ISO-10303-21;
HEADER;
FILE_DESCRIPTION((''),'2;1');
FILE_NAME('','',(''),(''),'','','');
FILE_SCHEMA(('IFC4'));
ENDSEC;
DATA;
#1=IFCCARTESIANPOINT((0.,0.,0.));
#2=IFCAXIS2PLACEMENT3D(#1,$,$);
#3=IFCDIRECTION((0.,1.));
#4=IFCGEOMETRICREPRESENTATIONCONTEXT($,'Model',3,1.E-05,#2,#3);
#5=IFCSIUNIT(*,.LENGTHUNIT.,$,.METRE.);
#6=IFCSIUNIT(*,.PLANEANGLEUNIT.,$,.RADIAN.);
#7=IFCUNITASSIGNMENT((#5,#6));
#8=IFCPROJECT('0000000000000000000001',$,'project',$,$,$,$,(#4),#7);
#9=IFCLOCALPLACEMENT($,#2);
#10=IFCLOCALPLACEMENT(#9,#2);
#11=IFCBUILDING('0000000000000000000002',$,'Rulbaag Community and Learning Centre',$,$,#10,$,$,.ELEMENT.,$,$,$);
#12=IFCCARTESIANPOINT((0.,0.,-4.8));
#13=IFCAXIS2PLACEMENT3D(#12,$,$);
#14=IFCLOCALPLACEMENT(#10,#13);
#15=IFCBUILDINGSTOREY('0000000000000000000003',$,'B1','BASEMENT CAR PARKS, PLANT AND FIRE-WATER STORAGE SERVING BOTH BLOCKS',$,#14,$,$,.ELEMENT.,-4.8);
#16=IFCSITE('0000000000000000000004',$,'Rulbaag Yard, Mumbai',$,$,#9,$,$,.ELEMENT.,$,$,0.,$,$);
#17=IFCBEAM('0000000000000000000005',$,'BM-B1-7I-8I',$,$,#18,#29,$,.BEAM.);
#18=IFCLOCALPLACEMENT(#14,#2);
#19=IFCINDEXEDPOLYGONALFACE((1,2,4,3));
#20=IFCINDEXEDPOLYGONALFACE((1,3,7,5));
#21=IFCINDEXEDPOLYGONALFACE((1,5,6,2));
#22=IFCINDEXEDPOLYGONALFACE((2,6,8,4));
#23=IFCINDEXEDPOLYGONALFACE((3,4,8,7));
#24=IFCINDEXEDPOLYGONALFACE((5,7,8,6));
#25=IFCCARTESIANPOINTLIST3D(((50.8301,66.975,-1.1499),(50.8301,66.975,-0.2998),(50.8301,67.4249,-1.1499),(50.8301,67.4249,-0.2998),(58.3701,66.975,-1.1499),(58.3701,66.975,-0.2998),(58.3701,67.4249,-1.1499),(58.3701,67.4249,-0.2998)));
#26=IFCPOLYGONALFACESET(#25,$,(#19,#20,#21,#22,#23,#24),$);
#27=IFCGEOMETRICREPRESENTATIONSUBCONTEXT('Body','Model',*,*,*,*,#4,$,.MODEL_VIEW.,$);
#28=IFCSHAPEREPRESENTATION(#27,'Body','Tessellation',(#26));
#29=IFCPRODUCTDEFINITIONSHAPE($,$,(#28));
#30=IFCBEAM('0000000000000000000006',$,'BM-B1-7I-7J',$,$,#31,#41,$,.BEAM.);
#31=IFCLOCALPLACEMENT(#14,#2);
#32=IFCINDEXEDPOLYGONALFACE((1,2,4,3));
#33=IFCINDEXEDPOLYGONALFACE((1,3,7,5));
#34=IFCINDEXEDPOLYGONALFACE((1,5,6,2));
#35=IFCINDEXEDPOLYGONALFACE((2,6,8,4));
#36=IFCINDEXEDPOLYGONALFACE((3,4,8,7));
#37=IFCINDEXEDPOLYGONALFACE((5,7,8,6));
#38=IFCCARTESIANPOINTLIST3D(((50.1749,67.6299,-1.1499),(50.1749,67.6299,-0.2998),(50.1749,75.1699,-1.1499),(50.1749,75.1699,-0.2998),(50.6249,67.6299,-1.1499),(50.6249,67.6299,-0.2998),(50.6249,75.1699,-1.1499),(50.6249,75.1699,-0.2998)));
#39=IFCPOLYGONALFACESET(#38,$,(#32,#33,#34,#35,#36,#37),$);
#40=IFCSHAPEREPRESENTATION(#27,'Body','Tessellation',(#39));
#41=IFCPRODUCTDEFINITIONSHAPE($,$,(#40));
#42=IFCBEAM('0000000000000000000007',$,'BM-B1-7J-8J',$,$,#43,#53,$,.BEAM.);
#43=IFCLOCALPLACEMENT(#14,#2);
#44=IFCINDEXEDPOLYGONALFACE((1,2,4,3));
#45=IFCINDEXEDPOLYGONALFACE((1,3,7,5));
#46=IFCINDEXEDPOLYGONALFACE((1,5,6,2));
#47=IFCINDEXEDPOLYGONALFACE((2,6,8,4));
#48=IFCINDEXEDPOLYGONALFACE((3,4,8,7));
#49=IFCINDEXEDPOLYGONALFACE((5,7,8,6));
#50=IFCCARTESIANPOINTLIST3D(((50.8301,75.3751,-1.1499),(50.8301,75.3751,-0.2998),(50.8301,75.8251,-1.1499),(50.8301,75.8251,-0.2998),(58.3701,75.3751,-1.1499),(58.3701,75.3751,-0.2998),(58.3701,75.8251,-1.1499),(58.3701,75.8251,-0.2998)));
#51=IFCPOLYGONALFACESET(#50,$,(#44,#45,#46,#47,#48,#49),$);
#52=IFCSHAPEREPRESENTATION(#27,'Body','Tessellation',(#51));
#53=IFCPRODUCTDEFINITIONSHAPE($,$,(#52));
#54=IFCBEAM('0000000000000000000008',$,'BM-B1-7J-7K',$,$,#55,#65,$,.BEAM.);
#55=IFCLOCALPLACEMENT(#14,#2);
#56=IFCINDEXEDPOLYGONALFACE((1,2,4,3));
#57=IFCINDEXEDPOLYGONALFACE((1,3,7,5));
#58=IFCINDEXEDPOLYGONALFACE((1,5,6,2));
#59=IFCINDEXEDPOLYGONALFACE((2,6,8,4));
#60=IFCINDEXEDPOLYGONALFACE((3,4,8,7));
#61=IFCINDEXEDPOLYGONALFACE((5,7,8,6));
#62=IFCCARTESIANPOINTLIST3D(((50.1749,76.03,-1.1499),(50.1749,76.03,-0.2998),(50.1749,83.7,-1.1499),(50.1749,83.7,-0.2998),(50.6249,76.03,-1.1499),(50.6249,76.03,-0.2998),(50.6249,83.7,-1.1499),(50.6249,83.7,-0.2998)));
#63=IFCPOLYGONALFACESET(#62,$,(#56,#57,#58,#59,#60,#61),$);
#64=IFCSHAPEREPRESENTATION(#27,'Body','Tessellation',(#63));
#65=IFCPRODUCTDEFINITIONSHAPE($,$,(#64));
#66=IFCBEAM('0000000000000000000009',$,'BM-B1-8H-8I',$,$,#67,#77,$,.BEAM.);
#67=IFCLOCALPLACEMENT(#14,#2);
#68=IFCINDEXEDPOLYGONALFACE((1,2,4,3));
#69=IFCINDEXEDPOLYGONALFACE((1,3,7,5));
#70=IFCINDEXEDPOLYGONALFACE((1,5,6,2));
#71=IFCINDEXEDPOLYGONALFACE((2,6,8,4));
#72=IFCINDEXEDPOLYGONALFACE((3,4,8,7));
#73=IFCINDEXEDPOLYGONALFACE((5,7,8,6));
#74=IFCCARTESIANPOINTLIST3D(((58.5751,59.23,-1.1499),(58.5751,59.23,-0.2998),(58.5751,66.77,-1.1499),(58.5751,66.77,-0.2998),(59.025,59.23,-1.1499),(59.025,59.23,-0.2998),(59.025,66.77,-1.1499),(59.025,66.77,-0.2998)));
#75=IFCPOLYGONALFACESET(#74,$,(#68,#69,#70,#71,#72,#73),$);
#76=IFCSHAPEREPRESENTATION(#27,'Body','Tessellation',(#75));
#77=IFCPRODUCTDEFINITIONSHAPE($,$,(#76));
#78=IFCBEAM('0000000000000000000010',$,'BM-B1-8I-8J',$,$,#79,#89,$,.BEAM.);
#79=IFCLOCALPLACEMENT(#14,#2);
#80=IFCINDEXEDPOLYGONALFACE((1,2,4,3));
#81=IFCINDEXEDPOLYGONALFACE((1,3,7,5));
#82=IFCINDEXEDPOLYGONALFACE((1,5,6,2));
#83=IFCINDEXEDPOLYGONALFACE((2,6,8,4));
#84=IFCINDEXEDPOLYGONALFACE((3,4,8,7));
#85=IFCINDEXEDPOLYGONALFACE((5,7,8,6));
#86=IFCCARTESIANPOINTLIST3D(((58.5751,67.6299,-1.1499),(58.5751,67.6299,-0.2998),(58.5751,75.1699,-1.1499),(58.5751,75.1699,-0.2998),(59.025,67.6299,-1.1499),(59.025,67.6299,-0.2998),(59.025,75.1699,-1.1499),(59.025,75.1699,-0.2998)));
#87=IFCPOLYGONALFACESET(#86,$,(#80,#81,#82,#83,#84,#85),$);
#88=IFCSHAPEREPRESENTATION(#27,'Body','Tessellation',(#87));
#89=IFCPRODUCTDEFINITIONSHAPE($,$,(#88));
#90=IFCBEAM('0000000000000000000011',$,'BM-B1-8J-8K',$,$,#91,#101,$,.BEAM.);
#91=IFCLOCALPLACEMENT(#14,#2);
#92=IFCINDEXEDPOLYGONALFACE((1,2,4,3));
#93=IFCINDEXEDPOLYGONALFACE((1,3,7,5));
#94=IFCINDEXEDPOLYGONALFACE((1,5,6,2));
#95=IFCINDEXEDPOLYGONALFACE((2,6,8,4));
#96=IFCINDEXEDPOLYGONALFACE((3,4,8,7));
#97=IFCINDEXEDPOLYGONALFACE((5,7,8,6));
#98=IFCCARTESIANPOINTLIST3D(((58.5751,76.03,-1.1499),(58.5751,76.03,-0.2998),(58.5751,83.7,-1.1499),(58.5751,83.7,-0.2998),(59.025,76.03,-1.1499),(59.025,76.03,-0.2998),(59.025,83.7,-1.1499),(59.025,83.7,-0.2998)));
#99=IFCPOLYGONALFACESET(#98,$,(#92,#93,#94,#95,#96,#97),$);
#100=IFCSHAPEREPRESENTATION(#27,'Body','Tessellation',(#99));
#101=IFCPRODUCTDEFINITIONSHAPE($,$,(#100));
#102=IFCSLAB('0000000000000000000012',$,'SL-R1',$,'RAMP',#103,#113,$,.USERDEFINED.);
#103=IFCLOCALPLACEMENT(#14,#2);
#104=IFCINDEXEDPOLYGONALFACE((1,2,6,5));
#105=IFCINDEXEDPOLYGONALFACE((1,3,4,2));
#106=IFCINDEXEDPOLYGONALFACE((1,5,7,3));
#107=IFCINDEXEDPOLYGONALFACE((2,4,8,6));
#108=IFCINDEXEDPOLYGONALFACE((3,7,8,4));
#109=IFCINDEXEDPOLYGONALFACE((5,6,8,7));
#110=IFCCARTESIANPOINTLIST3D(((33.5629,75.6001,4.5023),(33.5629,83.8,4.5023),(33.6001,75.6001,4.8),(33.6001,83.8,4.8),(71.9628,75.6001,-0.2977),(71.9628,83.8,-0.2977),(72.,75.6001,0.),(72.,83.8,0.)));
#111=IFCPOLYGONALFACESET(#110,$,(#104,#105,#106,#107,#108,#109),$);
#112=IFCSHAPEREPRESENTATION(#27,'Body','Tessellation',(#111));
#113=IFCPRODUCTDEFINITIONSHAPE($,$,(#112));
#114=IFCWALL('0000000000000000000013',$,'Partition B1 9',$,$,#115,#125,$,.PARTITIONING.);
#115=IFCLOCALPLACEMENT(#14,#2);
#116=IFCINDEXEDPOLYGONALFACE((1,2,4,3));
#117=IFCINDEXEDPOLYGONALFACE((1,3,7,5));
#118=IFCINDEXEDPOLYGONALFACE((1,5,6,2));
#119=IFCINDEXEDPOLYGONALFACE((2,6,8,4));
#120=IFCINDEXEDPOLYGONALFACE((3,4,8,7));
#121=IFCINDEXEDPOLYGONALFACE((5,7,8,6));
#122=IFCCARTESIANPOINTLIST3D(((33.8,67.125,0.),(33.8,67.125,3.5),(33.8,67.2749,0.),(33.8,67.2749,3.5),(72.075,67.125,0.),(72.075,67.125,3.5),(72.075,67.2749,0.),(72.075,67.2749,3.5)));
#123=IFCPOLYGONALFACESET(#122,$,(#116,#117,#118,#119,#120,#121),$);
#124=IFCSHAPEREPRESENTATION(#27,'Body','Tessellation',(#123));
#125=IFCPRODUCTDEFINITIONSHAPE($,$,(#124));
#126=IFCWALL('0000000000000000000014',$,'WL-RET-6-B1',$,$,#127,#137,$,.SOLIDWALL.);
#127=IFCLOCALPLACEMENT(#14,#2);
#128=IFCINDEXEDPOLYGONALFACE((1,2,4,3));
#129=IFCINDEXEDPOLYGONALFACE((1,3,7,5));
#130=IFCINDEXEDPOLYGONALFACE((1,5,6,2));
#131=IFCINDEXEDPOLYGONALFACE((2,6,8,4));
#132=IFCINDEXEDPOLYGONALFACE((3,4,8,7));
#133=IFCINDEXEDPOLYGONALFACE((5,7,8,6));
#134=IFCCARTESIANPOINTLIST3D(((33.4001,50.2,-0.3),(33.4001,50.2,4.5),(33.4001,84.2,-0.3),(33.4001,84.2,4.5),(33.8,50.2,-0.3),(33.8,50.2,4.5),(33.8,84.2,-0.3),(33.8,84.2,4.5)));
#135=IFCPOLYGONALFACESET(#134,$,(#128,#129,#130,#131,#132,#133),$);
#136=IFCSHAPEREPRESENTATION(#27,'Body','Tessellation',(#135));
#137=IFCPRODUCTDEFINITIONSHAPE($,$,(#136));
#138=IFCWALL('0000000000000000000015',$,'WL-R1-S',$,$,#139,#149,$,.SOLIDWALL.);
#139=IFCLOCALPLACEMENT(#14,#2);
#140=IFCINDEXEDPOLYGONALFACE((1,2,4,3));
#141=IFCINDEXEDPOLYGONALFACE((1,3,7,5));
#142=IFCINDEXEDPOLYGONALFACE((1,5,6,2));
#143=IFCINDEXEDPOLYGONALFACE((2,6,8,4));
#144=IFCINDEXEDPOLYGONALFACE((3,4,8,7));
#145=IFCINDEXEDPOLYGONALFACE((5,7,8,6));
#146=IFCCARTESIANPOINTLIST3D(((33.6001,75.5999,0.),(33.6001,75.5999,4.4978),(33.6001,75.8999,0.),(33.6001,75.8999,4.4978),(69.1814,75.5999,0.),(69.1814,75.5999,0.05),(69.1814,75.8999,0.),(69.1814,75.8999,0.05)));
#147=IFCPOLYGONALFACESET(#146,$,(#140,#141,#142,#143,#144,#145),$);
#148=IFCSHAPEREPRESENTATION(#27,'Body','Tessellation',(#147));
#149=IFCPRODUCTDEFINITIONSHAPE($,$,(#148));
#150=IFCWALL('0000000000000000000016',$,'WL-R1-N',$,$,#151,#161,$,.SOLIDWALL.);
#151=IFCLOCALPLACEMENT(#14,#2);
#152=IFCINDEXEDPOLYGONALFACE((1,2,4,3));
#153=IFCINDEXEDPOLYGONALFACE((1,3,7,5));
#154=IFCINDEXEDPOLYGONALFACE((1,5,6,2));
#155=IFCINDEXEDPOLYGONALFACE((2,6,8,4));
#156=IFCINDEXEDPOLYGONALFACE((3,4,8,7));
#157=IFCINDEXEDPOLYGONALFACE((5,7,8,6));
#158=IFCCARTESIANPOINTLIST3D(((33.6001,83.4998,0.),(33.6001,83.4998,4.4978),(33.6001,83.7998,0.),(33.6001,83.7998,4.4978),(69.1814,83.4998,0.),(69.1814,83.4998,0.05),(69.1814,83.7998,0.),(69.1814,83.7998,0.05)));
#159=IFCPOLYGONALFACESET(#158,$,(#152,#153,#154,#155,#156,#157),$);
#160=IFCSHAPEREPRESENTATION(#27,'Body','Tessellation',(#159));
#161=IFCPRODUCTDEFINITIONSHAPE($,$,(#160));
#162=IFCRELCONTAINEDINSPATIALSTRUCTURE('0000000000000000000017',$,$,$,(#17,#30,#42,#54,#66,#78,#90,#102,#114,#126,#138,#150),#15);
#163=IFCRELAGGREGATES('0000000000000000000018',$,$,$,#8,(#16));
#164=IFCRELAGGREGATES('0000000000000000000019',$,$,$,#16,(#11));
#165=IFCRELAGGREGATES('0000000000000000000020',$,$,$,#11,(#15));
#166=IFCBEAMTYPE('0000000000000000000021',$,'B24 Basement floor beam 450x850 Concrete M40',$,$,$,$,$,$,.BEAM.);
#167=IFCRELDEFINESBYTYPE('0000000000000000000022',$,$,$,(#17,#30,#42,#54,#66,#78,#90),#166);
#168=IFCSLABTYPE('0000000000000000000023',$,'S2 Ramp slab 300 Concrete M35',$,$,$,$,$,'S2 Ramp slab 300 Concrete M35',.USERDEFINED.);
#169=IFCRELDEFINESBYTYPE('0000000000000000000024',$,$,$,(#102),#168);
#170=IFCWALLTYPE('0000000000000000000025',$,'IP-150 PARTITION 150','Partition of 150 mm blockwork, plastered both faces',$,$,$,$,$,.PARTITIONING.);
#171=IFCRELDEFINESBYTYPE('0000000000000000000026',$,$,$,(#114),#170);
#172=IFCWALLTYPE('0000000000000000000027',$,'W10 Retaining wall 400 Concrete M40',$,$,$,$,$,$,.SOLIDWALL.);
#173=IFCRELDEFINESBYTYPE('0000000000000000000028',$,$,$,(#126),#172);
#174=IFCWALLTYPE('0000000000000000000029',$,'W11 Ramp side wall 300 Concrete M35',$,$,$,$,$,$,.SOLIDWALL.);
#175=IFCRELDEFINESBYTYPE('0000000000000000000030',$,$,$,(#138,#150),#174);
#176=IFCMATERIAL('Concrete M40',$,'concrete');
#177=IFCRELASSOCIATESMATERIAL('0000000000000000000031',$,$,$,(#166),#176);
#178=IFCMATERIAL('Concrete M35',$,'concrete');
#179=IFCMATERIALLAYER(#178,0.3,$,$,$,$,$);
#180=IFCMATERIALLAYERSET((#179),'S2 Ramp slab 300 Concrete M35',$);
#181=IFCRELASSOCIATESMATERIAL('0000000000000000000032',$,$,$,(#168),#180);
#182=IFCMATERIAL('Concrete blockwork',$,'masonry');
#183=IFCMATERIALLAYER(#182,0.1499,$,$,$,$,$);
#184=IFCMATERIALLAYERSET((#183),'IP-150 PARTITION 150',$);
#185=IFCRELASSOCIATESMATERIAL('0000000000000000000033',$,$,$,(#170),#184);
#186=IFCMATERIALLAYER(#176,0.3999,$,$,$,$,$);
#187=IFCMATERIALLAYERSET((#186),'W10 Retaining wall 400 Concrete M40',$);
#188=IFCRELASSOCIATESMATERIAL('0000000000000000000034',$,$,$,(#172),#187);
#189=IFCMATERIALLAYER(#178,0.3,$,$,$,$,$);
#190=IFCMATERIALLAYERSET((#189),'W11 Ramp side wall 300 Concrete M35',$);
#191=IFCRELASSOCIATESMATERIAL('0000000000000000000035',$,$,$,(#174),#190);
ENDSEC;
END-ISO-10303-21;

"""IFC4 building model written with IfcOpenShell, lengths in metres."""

from ifc_helpers import new_model, si_unit, direction, frame, frame_2d, origin, origin_2d, place, context, subcontext, project, spatial, polyline, rectangle, outline, extrude, material, layer, layer_set, material_profile, profile_set, type_object, element, save


model = new_model("IFC4")

# Units and contexts
model_context = context("Model", 3, precision=1e-05, world=origin(), true_north=direction((0.0, 1.0)))
body_context = subcontext(model_context, "Body", "Model", "MODEL_VIEW")
ifc_project = project(units=[si_unit("LENGTHUNIT", "METRE"), si_unit("PLANEANGLEUNIT", "RADIAN")], contexts=[model_context])

# Site, building, storey
site_placement = place(None, origin())
site = spatial("IfcSite", under=ifc_project, at=site_placement, Name="Rulbaag Yard, Mumbai", CompositionType="ELEMENT", RefElevation=0.0)
building_placement = place(site_placement, origin())
building = spatial("IfcBuilding", under=site, at=building_placement, Name="Rulbaag Community and Learning Centre", CompositionType="ELEMENT")
storey_placement = place(building_placement, frame((0.0, 0.0, -4.8)))
storey = spatial("IfcBuildingStorey", under=building, at=storey_placement, Name="B1", Description="BASEMENT CAR PARKS, PLANT AND FIRE-WATER STORAGE SERVING BOTH BLOCKS", CompositionType="ELEMENT", Elevation=-4.8)

# Beams
ifc_material_1 = material(Name="Concrete M40", Category="concrete")
ifc_material_profile_1 = material_profile(ifc_material_1, rectangle(XDim=0.45, YDim=0.8501, at=origin_2d()), Name="RB450x850")
ifc_profile_set_1 = profile_set([ifc_material_profile_1], Name="Concrete M40")
beam_type = type_object("IfcBeamType", Name="B24 Basement floor beam 450x850 Concrete M40", PredefinedType="BEAM", material=ifc_profile_set_1)
for number, where, z_axis, x_axis, name in (
    (1, (50.8301, 67.2, -0.7249), (1.0, 0.0, 0.0), (0.0, 1.0, 0.0), "BM-B1-7I-8I"),
    (2, (50.3999, 67.6299, -0.7249), (0.0, 1.0, 0.0), (-1.0, 0.0, 0.0), "BM-B1-7I-7J"),
    (3, (50.8301, 75.6001, -0.7249), (1.0, 0.0, 0.0), (0.0, 1.0, 0.0), "BM-B1-7J-8J"),
):
    element("IfcBeam", number, at=place(storey_placement, frame(where, z_axis=z_axis, x_axis=x_axis)), inside=storey, type_object=beam_type, Name=name, PredefinedType="BEAM", context=body_context, shape_type="SweptSolid", body=[
        extrude(rectangle(XDim=0.45, YDim=0.8501, at=origin_2d()), origin(), (0.0, 0.0, 1.0), 7.54),
    ])
beam_1_placement = place(storey_placement, frame((50.3999, 76.03, -0.7249), z_axis=(0.0, 1.0, 0.0), x_axis=(-1.0, 0.0, 0.0)))
element("IfcBeam", 4, at=beam_1_placement, inside=storey, type_object=beam_type, Name="BM-B1-7J-7K", PredefinedType="BEAM", context=body_context, shape_type="SweptSolid", body=[
    extrude(rectangle(XDim=0.45, YDim=0.8501, at=origin_2d()), origin(), (0.0, 0.0, 1.0), 7.6699),
])
for number, where, z_axis, x_axis, name in (
    (5, (58.8, 59.23, -0.7249), (0.0, 1.0, 0.0), (-1.0, 0.0, 0.0), "BM-B1-8H-8I"),
    (6, (58.8, 67.6299, -0.7249), (0.0, 1.0, 0.0), (-1.0, 0.0, 0.0), "BM-B1-8I-8J"),
):
    element("IfcBeam", number, at=place(storey_placement, frame(where, z_axis=z_axis, x_axis=x_axis)), inside=storey, type_object=beam_type, Name=name, PredefinedType="BEAM", context=body_context, shape_type="SweptSolid", body=[
        extrude(rectangle(XDim=0.45, YDim=0.8501, at=origin_2d()), origin(), (0.0, 0.0, 1.0), 7.54),
    ])
beam_2_placement = place(storey_placement, frame((58.8, 76.03, -0.7249), z_axis=(0.0, 1.0, 0.0), x_axis=(-1.0, 0.0, 0.0)))
element("IfcBeam", 7, at=beam_2_placement, inside=storey, type_object=beam_type, Name="BM-B1-8J-8K", PredefinedType="BEAM", context=body_context, shape_type="SweptSolid", body=[
    extrude(rectangle(XDim=0.45, YDim=0.8501, at=origin_2d()), origin(), (0.0, 0.0, 1.0), 7.6699),
])

# Slab
ifc_material_2 = material(Name="Concrete M35", Category="concrete")
ifc_layer_1 = layer(ifc_material_2, 0.3)
ifc_layer_set_1 = layer_set([ifc_layer_1], Name="S2 Ramp slab 300 Concrete M35")
slab_type = type_object("IfcSlabType", Name="S2 Ramp slab 300 Concrete M35", ElementType="S2 Ramp slab 300 Concrete M35", PredefinedType="USERDEFINED", material=ifc_layer_set_1)
slab_placement = place(storey_placement, frame((33.6001, 75.6001, 4.8), z_axis=(0.124036, 0.0, 0.992278), x_axis=(0.992278, 0.0, -0.124036)))
element("IfcSlab", 8, at=slab_placement, inside=storey, type_object=slab_type, Name="SL-R1", ObjectType="RAMP", PredefinedType="USERDEFINED", context=body_context, shape_type="SweptSolid", body=[
    extrude(outline(polyline([(0.0, 0.0), (38.6987, 0.0), (38.6987, 8.2), (0.0, 8.2), (0.0, 0.0)])), origin(), (0.0, 0.0, -1.0), 0.3),
])

# Walls
ifc_material_3 = material(Name="Concrete blockwork", Category="masonry")
ifc_layer_2 = layer(ifc_material_3, 0.1499)
ifc_layer_set_2 = layer_set([ifc_layer_2], Name="IP-150 PARTITION 150")
wall_type_1 = type_object("IfcWallType", Name="IP-150 PARTITION 150", Description="Partition of 150 mm blockwork, plastered both faces", PredefinedType="PARTITIONING", material=ifc_layer_set_2)
wall_1_placement = place(storey_placement, frame((33.8, 67.2, 0.0), z_axis=(0.0, 0.0, 1.0), x_axis=(1.0, 0.0, 0.0)))
element("IfcWall", 9, at=wall_1_placement, inside=storey, type_object=wall_type_1, Name="Partition B1 9", PredefinedType="PARTITIONING", context=body_context, shape_type="SweptSolid", body=[
    extrude(rectangle(XDim=38.2749, YDim=0.1499, at=frame_2d((19.1375, 0.0))), origin(), (0.0, 0.0, 1.0), 3.5),
])
ifc_layer_3 = layer(ifc_material_1, 0.3999)
ifc_layer_set_3 = layer_set([ifc_layer_3], Name="W10 Retaining wall 400 Concrete M40")
wall_type_2 = type_object("IfcWallType", Name="W10 Retaining wall 400 Concrete M40", PredefinedType="SOLIDWALL", material=ifc_layer_set_3)
wall_2_placement = place(storey_placement, frame((33.6001, 84.2, -0.3), z_axis=(0.0, 0.0, 1.0), x_axis=(0.0, -1.0, 0.0)))
element("IfcWall", 10, at=wall_2_placement, inside=storey, type_object=wall_type_2, Name="WL-RET-6-B1", PredefinedType="SOLIDWALL", context=body_context, shape_type="SweptSolid", body=[
    extrude(rectangle(XDim=34.0, YDim=0.3999, at=frame_2d((17.0, 0.0))), origin(), (0.0, 0.0, 1.0), 4.8),
])
ifc_layer_4 = layer(ifc_material_2, 0.3)
ifc_layer_set_4 = layer_set([ifc_layer_4], Name="W11 Ramp side wall 300 Concrete M35")
wall_type_3 = type_object("IfcWallType", Name="W11 Ramp side wall 300 Concrete M35", PredefinedType="SOLIDWALL", material=ifc_layer_set_4)
for number, where, z_axis, x_axis, name in (
    (11, (33.6001, 75.75, 0.0), (0.0, 0.0, 1.0), (1.0, 0.0, 0.0), "WL-R1-S"),
    (12, (33.6001, 83.6499, 0.0), (0.0, 0.0, 1.0), (1.0, 0.0, 0.0), "WL-R1-N"),
):
    element("IfcWall", number, at=place(storey_placement, frame(where, z_axis=z_axis, x_axis=x_axis)), inside=storey, type_object=wall_type_3, Name=name, PredefinedType="SOLIDWALL", context=body_context, shape_type="SweptSolid", body=[
        extrude(outline(polyline([(0.0, 0.0), (35.5813, 0.0), (35.5813, 0.05), (0.0, 4.4978), (0.0, 0.0)])), frame((0.0, 0.1499, 0.0), z_axis=(0.0, -1.0, 0.0), x_axis=(1.0, 0.0, 0.0)), (0.0, 0.0, 1.0), 0.3),
    ])

save(model, "model.ifc")
